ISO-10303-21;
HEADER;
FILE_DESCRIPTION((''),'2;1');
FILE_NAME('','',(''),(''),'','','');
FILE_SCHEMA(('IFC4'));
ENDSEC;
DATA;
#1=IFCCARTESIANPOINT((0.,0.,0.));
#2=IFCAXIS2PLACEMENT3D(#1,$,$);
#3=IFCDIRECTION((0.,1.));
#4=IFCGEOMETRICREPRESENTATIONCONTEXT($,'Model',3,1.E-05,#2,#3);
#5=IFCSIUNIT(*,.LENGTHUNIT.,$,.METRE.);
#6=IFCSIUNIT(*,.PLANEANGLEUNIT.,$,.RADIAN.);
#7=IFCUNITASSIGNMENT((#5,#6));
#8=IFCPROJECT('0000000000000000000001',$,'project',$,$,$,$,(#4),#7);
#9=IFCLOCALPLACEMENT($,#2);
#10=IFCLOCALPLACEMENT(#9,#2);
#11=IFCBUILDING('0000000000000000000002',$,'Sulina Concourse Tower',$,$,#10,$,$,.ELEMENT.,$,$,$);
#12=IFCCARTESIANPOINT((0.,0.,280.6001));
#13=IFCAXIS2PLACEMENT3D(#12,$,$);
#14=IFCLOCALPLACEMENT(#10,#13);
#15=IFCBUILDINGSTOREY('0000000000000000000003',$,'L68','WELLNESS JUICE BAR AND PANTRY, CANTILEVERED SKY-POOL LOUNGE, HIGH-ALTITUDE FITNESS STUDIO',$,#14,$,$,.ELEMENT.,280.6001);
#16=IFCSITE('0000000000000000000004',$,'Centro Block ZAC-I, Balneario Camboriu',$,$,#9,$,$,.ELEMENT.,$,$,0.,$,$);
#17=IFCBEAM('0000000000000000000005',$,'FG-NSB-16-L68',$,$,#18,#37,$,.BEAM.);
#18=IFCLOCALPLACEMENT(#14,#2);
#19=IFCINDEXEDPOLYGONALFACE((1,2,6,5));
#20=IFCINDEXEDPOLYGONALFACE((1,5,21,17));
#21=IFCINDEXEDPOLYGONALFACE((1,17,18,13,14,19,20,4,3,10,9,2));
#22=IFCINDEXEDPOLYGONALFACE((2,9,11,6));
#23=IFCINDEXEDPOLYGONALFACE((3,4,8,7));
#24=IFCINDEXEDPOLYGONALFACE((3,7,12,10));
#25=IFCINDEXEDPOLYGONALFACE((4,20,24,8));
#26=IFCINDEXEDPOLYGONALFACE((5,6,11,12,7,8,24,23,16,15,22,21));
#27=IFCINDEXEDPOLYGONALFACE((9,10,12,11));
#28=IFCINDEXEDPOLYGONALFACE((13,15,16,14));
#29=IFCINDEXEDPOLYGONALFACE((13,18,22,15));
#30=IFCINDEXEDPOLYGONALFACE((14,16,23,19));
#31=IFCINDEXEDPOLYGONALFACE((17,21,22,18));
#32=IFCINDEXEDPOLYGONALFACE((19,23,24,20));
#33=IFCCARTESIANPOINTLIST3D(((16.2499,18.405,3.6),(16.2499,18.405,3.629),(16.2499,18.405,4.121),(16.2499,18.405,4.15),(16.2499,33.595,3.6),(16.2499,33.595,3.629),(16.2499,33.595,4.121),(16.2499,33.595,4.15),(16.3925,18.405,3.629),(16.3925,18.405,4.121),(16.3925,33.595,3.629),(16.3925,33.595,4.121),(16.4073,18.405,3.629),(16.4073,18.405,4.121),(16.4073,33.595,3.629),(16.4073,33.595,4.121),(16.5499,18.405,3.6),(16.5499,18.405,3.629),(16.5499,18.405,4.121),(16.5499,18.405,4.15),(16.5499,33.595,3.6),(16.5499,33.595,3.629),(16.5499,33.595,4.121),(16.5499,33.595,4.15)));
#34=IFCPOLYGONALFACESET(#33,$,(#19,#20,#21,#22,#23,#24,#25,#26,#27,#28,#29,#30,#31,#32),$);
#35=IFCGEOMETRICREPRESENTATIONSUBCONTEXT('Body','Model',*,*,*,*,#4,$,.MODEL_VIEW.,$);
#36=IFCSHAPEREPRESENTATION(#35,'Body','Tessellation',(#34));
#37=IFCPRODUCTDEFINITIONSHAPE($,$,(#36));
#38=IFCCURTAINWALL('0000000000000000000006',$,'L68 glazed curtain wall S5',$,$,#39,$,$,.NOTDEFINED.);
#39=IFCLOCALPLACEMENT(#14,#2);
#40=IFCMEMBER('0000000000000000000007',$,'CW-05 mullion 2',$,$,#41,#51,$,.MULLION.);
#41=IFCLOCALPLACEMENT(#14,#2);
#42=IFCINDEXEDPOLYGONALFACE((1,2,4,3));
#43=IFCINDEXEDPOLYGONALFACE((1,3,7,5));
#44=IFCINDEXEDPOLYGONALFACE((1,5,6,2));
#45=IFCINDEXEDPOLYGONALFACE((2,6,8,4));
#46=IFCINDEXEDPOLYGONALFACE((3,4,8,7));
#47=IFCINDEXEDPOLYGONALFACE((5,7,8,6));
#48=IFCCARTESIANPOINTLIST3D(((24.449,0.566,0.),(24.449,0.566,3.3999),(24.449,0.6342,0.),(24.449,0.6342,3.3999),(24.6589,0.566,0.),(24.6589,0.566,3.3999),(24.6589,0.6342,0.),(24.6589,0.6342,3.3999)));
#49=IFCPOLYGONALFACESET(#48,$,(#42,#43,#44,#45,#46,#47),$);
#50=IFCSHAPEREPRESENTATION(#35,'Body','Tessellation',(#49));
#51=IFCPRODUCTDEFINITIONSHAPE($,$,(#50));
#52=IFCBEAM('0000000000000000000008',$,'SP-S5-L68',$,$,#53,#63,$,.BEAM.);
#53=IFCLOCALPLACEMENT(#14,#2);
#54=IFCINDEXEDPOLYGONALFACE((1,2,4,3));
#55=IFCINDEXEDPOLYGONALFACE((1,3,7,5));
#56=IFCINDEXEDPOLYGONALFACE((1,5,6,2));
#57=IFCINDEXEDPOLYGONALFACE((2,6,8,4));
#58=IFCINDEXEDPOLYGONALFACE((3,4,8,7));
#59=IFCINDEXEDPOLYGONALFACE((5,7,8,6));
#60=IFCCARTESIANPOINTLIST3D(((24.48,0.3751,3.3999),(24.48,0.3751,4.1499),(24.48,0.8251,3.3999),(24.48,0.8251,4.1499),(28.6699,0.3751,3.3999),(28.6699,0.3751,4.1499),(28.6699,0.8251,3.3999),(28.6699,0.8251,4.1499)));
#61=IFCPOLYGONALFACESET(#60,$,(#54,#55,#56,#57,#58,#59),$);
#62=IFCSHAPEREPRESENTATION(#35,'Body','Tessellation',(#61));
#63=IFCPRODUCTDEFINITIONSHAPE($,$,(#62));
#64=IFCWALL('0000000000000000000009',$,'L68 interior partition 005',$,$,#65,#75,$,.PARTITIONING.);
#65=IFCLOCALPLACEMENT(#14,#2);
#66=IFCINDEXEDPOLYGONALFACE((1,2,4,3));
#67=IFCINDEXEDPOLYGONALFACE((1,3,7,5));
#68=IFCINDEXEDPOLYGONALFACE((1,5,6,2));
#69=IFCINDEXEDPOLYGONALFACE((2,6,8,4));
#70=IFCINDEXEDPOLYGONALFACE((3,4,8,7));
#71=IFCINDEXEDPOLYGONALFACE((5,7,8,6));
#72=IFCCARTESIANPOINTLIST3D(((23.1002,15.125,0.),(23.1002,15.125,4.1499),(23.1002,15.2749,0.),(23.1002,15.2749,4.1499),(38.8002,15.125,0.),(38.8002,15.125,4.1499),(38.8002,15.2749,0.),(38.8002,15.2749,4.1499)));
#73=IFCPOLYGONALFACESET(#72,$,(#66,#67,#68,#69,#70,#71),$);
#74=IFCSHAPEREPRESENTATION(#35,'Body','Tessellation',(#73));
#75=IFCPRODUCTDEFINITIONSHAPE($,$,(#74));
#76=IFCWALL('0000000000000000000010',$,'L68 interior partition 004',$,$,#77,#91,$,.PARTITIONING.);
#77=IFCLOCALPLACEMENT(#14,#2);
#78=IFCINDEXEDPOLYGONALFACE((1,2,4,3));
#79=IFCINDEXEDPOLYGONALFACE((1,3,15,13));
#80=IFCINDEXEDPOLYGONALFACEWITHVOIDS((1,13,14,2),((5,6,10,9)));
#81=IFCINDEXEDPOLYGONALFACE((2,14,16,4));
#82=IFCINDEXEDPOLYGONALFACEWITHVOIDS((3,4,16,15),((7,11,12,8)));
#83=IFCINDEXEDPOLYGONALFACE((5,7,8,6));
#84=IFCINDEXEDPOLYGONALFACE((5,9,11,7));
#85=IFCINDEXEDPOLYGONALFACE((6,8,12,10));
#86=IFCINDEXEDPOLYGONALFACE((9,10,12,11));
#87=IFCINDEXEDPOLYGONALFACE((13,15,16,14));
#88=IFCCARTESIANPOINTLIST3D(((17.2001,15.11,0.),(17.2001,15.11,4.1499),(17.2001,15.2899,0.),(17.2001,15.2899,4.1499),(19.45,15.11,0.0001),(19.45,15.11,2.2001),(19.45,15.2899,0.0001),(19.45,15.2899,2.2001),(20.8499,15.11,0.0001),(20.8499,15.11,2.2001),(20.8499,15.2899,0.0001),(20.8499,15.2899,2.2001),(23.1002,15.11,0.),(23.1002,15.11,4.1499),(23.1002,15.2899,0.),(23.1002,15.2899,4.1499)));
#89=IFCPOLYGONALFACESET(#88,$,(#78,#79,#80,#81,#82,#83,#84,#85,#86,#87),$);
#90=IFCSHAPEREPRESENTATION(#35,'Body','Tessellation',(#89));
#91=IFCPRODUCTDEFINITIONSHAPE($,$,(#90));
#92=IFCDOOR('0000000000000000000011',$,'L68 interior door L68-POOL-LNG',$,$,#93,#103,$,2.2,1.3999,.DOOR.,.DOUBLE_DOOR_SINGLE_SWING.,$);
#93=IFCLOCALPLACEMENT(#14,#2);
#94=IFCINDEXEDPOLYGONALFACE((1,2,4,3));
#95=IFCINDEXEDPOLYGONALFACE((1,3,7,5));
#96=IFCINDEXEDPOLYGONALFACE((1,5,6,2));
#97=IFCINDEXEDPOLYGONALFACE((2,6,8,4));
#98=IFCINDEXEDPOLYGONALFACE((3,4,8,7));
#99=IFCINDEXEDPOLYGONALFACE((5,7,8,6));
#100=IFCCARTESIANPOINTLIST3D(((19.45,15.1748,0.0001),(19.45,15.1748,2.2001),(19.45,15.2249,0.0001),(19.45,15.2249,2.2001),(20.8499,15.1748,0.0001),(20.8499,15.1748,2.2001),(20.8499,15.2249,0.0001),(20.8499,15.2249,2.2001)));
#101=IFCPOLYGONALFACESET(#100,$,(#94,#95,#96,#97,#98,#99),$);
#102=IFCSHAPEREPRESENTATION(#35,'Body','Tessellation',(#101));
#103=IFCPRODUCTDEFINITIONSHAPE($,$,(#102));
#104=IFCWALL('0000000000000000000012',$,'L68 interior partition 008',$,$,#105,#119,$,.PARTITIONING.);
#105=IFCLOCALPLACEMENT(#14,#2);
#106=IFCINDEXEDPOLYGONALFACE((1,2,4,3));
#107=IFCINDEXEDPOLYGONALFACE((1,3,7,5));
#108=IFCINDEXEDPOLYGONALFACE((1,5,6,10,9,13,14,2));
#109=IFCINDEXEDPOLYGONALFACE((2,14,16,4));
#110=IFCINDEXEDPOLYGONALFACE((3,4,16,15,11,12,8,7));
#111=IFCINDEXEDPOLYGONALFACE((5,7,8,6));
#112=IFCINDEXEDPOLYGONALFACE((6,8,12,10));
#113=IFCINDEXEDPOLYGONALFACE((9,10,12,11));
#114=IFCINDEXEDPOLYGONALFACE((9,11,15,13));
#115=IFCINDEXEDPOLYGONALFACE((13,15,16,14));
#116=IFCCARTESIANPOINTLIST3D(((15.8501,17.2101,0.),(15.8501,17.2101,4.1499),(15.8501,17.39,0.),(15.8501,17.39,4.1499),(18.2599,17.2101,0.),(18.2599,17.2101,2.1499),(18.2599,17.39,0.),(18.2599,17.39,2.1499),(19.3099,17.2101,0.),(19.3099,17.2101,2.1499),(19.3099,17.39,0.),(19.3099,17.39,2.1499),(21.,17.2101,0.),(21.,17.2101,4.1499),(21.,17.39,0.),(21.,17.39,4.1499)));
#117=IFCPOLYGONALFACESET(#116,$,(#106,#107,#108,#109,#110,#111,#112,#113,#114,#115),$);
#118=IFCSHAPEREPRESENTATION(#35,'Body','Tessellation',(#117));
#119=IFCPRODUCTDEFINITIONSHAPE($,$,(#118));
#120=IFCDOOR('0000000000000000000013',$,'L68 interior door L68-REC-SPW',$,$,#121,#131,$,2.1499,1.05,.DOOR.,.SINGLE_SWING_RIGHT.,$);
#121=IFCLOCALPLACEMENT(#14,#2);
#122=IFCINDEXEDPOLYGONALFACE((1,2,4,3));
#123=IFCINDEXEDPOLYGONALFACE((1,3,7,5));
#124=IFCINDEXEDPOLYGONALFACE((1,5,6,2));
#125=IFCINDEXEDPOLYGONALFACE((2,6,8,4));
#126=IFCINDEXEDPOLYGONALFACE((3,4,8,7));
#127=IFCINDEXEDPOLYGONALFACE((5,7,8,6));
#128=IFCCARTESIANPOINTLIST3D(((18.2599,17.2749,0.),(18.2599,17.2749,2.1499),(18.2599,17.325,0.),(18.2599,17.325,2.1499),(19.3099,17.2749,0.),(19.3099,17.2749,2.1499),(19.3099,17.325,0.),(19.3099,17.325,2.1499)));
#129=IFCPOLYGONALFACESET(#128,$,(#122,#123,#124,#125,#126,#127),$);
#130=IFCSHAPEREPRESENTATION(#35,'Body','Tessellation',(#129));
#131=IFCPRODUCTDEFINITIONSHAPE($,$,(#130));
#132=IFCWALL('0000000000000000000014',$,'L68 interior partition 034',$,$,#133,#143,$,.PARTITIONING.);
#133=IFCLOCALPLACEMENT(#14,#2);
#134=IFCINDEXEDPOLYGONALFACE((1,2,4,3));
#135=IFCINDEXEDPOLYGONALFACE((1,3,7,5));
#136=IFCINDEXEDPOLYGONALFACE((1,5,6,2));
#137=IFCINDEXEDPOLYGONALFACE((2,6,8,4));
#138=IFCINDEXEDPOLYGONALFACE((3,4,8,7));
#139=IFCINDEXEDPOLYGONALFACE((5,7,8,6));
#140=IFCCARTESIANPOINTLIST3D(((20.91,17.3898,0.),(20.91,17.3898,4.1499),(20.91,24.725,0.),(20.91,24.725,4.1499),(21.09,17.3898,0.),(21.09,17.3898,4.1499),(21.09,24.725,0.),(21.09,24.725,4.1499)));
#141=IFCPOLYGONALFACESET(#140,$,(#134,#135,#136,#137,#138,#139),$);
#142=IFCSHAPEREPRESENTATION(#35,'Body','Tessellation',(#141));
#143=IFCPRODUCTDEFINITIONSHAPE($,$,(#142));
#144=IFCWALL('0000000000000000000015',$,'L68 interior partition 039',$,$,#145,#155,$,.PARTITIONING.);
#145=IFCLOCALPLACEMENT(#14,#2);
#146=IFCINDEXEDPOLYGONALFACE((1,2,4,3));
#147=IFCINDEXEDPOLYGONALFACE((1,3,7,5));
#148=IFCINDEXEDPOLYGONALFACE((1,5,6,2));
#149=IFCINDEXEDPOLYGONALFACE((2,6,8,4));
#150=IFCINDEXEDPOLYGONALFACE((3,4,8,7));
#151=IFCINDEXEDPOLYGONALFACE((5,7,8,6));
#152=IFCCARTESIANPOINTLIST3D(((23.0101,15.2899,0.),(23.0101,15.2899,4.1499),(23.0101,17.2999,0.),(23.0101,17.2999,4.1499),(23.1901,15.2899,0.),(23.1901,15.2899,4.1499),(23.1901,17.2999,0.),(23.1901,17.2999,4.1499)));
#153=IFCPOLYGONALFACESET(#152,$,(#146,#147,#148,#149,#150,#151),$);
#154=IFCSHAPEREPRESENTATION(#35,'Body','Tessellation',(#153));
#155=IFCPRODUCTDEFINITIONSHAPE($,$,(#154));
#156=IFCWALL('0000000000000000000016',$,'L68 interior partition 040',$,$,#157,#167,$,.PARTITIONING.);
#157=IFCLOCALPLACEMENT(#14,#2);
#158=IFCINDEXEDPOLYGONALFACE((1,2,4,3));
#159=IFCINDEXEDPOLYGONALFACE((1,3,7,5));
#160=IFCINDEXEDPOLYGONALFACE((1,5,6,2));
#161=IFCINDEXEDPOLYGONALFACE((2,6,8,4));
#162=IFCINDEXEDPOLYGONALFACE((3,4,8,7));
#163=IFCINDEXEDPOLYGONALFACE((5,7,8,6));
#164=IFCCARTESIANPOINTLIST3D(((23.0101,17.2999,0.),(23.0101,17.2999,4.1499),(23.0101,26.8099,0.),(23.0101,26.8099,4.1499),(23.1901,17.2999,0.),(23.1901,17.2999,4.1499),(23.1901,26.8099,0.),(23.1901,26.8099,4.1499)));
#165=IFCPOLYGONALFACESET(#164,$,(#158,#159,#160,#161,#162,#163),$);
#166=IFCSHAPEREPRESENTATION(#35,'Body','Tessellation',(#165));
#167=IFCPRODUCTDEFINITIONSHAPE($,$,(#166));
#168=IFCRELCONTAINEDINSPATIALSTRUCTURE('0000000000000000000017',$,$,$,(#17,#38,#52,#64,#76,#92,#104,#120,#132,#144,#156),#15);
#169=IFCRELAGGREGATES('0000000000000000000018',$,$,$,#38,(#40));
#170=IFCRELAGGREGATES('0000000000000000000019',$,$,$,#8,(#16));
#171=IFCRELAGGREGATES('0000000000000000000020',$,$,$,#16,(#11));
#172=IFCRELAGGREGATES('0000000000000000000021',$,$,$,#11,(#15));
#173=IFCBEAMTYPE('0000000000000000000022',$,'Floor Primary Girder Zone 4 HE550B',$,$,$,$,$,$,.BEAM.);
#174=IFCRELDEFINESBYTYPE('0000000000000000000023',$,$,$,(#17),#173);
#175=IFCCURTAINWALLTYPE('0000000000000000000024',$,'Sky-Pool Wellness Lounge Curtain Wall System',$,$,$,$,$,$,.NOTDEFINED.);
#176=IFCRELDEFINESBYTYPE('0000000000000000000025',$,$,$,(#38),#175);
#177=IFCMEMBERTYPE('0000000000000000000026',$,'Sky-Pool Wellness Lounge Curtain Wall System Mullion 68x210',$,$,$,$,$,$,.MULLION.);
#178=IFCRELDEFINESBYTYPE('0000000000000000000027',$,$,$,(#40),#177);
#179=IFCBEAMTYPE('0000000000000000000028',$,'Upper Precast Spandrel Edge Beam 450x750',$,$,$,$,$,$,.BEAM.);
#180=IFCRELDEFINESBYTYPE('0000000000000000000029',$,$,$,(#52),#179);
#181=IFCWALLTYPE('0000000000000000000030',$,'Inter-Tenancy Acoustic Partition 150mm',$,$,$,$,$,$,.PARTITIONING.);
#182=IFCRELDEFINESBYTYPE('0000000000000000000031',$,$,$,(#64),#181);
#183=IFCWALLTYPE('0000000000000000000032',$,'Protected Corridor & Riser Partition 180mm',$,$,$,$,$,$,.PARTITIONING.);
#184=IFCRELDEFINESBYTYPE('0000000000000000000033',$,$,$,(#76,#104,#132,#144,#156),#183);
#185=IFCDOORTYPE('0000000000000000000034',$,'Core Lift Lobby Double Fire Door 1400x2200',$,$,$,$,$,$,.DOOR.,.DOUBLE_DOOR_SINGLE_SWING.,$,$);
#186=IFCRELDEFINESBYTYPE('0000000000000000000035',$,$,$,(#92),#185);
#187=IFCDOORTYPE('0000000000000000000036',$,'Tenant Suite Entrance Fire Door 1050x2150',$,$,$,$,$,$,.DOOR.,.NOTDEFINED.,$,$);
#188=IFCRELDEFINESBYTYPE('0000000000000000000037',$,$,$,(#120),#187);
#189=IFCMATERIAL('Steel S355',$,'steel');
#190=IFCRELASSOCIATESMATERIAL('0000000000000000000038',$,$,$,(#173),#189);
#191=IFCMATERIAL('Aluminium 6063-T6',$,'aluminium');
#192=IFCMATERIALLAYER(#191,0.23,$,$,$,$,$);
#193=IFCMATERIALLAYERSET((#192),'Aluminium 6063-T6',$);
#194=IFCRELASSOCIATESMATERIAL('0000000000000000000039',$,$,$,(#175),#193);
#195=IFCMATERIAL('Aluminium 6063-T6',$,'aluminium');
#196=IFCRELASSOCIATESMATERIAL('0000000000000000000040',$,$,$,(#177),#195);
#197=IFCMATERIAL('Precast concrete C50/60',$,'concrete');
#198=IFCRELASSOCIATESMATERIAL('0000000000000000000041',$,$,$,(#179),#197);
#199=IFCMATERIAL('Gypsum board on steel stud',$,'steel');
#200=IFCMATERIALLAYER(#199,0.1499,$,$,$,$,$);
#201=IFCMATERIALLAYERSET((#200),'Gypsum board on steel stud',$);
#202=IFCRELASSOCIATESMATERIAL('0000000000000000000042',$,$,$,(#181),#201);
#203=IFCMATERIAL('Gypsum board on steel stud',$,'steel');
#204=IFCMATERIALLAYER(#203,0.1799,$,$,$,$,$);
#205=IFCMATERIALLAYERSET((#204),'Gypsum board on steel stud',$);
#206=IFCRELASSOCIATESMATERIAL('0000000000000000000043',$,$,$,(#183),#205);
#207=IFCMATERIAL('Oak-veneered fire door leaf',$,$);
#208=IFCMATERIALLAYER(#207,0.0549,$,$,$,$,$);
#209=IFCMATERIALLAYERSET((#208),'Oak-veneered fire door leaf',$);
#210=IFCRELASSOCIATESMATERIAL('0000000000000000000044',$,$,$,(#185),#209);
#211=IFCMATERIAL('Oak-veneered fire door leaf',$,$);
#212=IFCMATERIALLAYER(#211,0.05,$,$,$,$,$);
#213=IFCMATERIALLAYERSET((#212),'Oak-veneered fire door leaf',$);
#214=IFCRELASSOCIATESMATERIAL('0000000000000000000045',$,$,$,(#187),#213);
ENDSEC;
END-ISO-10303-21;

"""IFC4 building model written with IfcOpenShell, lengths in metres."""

from ifc_helpers import new_model, si_unit, direction, frame, frame_2d, origin, origin_2d, place, context, subcontext, project, spatial, rectangle, i_section, extrude, material, layer, layer_set, material_profile, profile_set, type_object, element, fill, aggregate, save


model = new_model("IFC4")

# Units and contexts
model_context = context("Model", 3, precision=1e-05, world=origin(), true_north=direction((0.0, 1.0)))
body_context = subcontext(model_context, "Body", "Model", "MODEL_VIEW")
ifc_project = project(units=[si_unit("LENGTHUNIT", "METRE"), si_unit("PLANEANGLEUNIT", "RADIAN")], contexts=[model_context])

# Site, building, storey
site_placement = place(None, origin())
site = spatial("IfcSite", under=ifc_project, at=site_placement, Name="Centro Block ZAC-I, Balneario Camboriu", CompositionType="ELEMENT", RefElevation=0.0)
building_placement = place(site_placement, origin())
building = spatial("IfcBuilding", under=site, at=building_placement, Name="Sulina Concourse Tower", CompositionType="ELEMENT")
storey_placement = place(building_placement, frame((0.0, 0.0, 280.6001)))
storey = spatial("IfcBuildingStorey", under=building, at=storey_placement, Name="L68", Description="WELLNESS JUICE BAR AND PANTRY, CANTILEVERED SKY-POOL LOUNGE, HIGH-ALTITUDE FITNESS STUDIO", CompositionType="ELEMENT", Elevation=280.6001)

# Beam
ifc_material_1 = material(Name="Steel S355", Category="steel")
ifc_material_profile_1 = material_profile(ifc_material_1, i_section(OverallWidth=0.3, OverallDepth=0.55, WebThickness=0.0149, FlangeThickness=0.0291, at=origin_2d()), Name="HE 550 B")
ifc_profile_set_1 = profile_set([ifc_material_profile_1], Name="Steel S355")
beam_type_1 = type_object("IfcBeamType", Name="Floor Primary Girder Zone 4 HE550B", PredefinedType="BEAM", material=ifc_profile_set_1)
beam_1_placement = place(storey_placement, frame((16.3999, 18.405, 3.875), z_axis=(0.0, 1.0, 0.0), x_axis=(-1.0, 0.0, 0.0)))
element("IfcBeam", 1, at=beam_1_placement, inside=storey, type_object=beam_type_1, Name="FG-NSB-16-L68", PredefinedType="BEAM", context=body_context, shape_type="SweptSolid", body=[
    extrude(i_section(OverallWidth=0.3, OverallDepth=0.55, WebThickness=0.0149, FlangeThickness=0.0291, at=origin_2d()), origin(), (0.0, 0.0, 1.0), 15.1899),
])

# Curtain wall, member
ifc_material_2 = material(Name="Aluminium 6063-T6", Category="aluminium")
ifc_layer_1 = layer(ifc_material_2, 0.23)
ifc_layer_set_1 = layer_set([ifc_layer_1], Name="Aluminium 6063-T6")
curtain_wall_type = type_object("IfcCurtainWallType", Name="Sky-Pool Wellness Lounge Curtain Wall System", PredefinedType="NOTDEFINED", material=ifc_layer_set_1)
curtain_wall_placement = place(storey_placement, origin())
curtain_wall = element("IfcCurtainWall", 2, at=curtain_wall_placement, inside=storey, type_object=curtain_wall_type, Name="L68 glazed curtain wall S5", PredefinedType="NOTDEFINED")
ifc_material_3 = material(Name="Aluminium 6063-T6", Category="aluminium")
ifc_material_profile_2 = material_profile(ifc_material_3, rectangle(XDim=0.0681, YDim=0.21, at=origin_2d()), Name="MUL 68x210")
ifc_profile_set_2 = profile_set([ifc_material_profile_2], Name="Aluminium 6063-T6")
member_type = type_object("IfcMemberType", Name="Sky-Pool Wellness Lounge Curtain Wall System Mullion 68x210", PredefinedType="MULLION", material=ifc_profile_set_2)
member_placement = place(storey_placement, frame((24.554, 0.6001, 0.0), z_axis=(0.0, 0.0, 1.0), x_axis=(0.0, -1.0, 0.0)))
member = element("IfcMember", 3, at=member_placement, type_object=member_type, Name="CW-05 mullion 2", PredefinedType="MULLION", context=body_context, shape_type="SweptSolid", body=[
    extrude(rectangle(XDim=0.0681, YDim=0.21, at=origin_2d()), origin(), (0.0, 0.0, 1.0), 3.3999),
])
aggregate(curtain_wall, [member])

# Beam
ifc_material_4 = material(Name="Precast concrete C50/60", Category="concrete")
ifc_material_profile_3 = material_profile(ifc_material_4, rectangle(XDim=0.45, YDim=0.75, at=origin_2d()), Name="RC 450x750")
ifc_profile_set_3 = profile_set([ifc_material_profile_3], Name="Precast concrete C50/60")
beam_type_2 = type_object("IfcBeamType", Name="Upper Precast Spandrel Edge Beam 450x750", PredefinedType="BEAM", material=ifc_profile_set_3)
beam_2_placement = place(storey_placement, frame((24.48, 0.6001, 3.7749), z_axis=(1.0, 0.0, 0.0), x_axis=(0.0, 1.0, 0.0)))
element("IfcBeam", 4, at=beam_2_placement, inside=storey, type_object=beam_type_2, Name="SP-S5-L68", PredefinedType="BEAM", context=body_context, shape_type="SweptSolid", body=[
    extrude(rectangle(XDim=0.45, YDim=0.75, at=origin_2d()), origin(), (0.0, 0.0, 1.0), 4.1899),
])

# Wall
ifc_material_5 = material(Name="Gypsum board on steel stud", Category="steel")
ifc_layer_2 = layer(ifc_material_5, 0.1499)
ifc_layer_set_2 = layer_set([ifc_layer_2], Name="Gypsum board on steel stud")
wall_type_1 = type_object("IfcWallType", Name="Inter-Tenancy Acoustic Partition 150mm", PredefinedType="PARTITIONING", material=ifc_layer_set_2)
wall_1_placement = place(storey_placement, frame((23.1001, 15.2, 0.0), z_axis=(0.0, 0.0, 1.0), x_axis=(1.0, 0.0, 0.0)))
element("IfcWall", 5, at=wall_1_placement, inside=storey, type_object=wall_type_1, Name="L68 interior partition 005", PredefinedType="PARTITIONING", context=body_context, shape_type="SweptSolid", body=[
    extrude(rectangle(XDim=15.7, YDim=0.1499, at=frame_2d((7.8501, 0.0))), origin(), (0.0, 0.0, 1.0), 4.1499),
])

# Walls, openings, doors
ifc_material_6 = material(Name="Gypsum board on steel stud", Category="steel")
ifc_layer_3 = layer(ifc_material_6, 0.1799)
ifc_layer_set_3 = layer_set([ifc_layer_3], Name="Gypsum board on steel stud")
wall_type_2 = type_object("IfcWallType", Name="Protected Corridor & Riser Partition 180mm", PredefinedType="PARTITIONING", material=ifc_layer_set_3)
wall_2_placement = place(storey_placement, frame((17.2, 15.2, 0.0), z_axis=(0.0, 0.0, 1.0), x_axis=(1.0, 0.0, 0.0)))
wall_2 = element("IfcWall", 6, at=wall_2_placement, inside=storey, type_object=wall_type_2, Name="L68 interior partition 004", PredefinedType="PARTITIONING", context=body_context, shape_type="SweptSolid", body=[
    extrude(rectangle(XDim=5.9001, YDim=0.1799, at=frame_2d((2.9502, 0.0))), origin(), (0.0, 0.0, 1.0), 4.1499),
])
opening_1_placement = place(wall_2_placement, frame((2.25, 0.0, 0.0)))
opening_1 = element("IfcOpeningElement", 7, at=opening_1_placement, cuts=wall_2, PredefinedType="OPENING", context=body_context, shape_type="SweptSolid", body=[
    extrude(rectangle(XDim=1.3999, YDim=2.2, at=frame_2d((0.7, 1.1001))), frame((0.0, 0.0999, 0.0), z_axis=(0.0, -1.0, 0.0), x_axis=(1.0, 0.0, 0.0)), (0.0, 0.0, 1.0), 0.2),
])
ifc_material_7 = material(Name="Oak-veneered fire door leaf")
ifc_layer_4 = layer(ifc_material_7, 0.0549)
ifc_layer_set_4 = layer_set([ifc_layer_4], Name="Oak-veneered fire door leaf")
door_type_1 = type_object("IfcDoorType", Name="Core Lift Lobby Double Fire Door 1400x2200", OperationType="DOUBLE_DOOR_SINGLE_SWING", PredefinedType="DOOR", material=ifc_layer_set_4)
door_1_placement = place(opening_1_placement, origin())
door_1 = element("IfcDoor", 8, at=door_1_placement, inside=storey, type_object=door_type_1, Name="L68 interior door L68-POOL-LNG", OperationType="DOUBLE_DOOR_SINGLE_SWING", OverallHeight=2.2, OverallWidth=1.3999, PredefinedType="DOOR", context=body_context, shape_type="SweptSolid", body=[
    extrude(rectangle(XDim=1.3999, YDim=2.2, at=frame_2d((0.7, 1.1001))), frame((0.0, 0.0249, 0.0), z_axis=(0.0, -1.0, 0.0), x_axis=(1.0, 0.0, 0.0)), (0.0, 0.0, 1.0), 0.05),
])
fill(opening_1, door_1)
wall_3_placement = place(storey_placement, frame((15.8501, 17.3, 0.0), z_axis=(0.0, 0.0, 1.0), x_axis=(1.0, 0.0, 0.0)))
wall_3 = element("IfcWall", 9, at=wall_3_placement, inside=storey, type_object=wall_type_2, Name="L68 interior partition 008", PredefinedType="PARTITIONING", context=body_context, shape_type="SweptSolid", body=[
    extrude(rectangle(XDim=5.1499, YDim=0.1799, at=frame_2d((2.575, 0.0))), origin(), (0.0, 0.0, 1.0), 4.1499),
])
opening_2_placement = place(wall_3_placement, frame((2.4099, 0.0, 0.0)))
opening_2 = element("IfcOpeningElement", 10, at=opening_2_placement, cuts=wall_3, PredefinedType="OPENING", context=body_context, shape_type="SweptSolid", body=[
    extrude(rectangle(XDim=1.05, YDim=2.1499, at=frame_2d((0.5249, 1.075))), frame((0.0, 0.0999, 0.0), z_axis=(0.0, -1.0, 0.0), x_axis=(1.0, 0.0, 0.0)), (0.0, 0.0, 1.0), 0.2),
])
ifc_material_8 = material(Name="Oak-veneered fire door leaf")
ifc_layer_5 = layer(ifc_material_8, 0.05)
ifc_layer_set_5 = layer_set([ifc_layer_5], Name="Oak-veneered fire door leaf")
door_type_2 = type_object("IfcDoorType", Name="Tenant Suite Entrance Fire Door 1050x2150", OperationType="NOTDEFINED", PredefinedType="DOOR", material=ifc_layer_set_5)
door_2_placement = place(opening_2_placement, origin())
door_2 = element("IfcDoor", 11, at=door_2_placement, inside=storey, type_object=door_type_2, Name="L68 interior door L68-REC-SPW", OperationType="SINGLE_SWING_RIGHT", OverallHeight=2.1499, OverallWidth=1.05, PredefinedType="DOOR", context=body_context, shape_type="SweptSolid", body=[
    extrude(rectangle(XDim=1.05, YDim=2.1499, at=frame_2d((0.5249, 1.075))), frame((0.0, 0.0249, 0.0), z_axis=(0.0, -1.0, 0.0), x_axis=(1.0, 0.0, 0.0)), (0.0, 0.0, 1.0), 0.05),
])
fill(opening_2, door_2)

# Walls
wall_4_placement = place(storey_placement, frame((21.0, 17.3899, 0.0), z_axis=(0.0, 0.0, 1.0), x_axis=(0.0, 1.0, 0.0)))
element("IfcWall", 12, at=wall_4_placement, inside=storey, type_object=wall_type_2, Name="L68 interior partition 034", PredefinedType="PARTITIONING", context=body_context, shape_type="SweptSolid", body=[
    extrude(rectangle(XDim=7.3352, YDim=0.1799, at=frame_2d((3.6675, 0.0))), origin(), (0.0, 0.0, 1.0), 4.1499),
])
wall_5_placement = place(storey_placement, frame((23.1001, 15.29, 0.0), z_axis=(0.0, 0.0, 1.0), x_axis=(0.0, 1.0, 0.0)))
element("IfcWall", 13, at=wall_5_placement, inside=storey, type_object=wall_type_2, Name="L68 interior partition 039", PredefinedType="PARTITIONING", context=body_context, shape_type="SweptSolid", body=[
    extrude(rectangle(XDim=2.01, YDim=0.1799, at=frame_2d((1.0049, 0.0))), origin(), (0.0, 0.0, 1.0), 4.1499),
])
wall_6_placement = place(storey_placement, frame((23.1001, 17.3, 0.0), z_axis=(0.0, 0.0, 1.0), x_axis=(0.0, 1.0, 0.0)))
element("IfcWall", 14, at=wall_6_placement, inside=storey, type_object=wall_type_2, Name="L68 interior partition 040", PredefinedType="PARTITIONING", context=body_context, shape_type="SweptSolid", body=[
    extrude(rectangle(XDim=9.51, YDim=0.1799, at=frame_2d((4.7549, 0.0))), origin(), (0.0, 0.0, 1.0), 4.1499),
])

save(model, "model.ifc")
